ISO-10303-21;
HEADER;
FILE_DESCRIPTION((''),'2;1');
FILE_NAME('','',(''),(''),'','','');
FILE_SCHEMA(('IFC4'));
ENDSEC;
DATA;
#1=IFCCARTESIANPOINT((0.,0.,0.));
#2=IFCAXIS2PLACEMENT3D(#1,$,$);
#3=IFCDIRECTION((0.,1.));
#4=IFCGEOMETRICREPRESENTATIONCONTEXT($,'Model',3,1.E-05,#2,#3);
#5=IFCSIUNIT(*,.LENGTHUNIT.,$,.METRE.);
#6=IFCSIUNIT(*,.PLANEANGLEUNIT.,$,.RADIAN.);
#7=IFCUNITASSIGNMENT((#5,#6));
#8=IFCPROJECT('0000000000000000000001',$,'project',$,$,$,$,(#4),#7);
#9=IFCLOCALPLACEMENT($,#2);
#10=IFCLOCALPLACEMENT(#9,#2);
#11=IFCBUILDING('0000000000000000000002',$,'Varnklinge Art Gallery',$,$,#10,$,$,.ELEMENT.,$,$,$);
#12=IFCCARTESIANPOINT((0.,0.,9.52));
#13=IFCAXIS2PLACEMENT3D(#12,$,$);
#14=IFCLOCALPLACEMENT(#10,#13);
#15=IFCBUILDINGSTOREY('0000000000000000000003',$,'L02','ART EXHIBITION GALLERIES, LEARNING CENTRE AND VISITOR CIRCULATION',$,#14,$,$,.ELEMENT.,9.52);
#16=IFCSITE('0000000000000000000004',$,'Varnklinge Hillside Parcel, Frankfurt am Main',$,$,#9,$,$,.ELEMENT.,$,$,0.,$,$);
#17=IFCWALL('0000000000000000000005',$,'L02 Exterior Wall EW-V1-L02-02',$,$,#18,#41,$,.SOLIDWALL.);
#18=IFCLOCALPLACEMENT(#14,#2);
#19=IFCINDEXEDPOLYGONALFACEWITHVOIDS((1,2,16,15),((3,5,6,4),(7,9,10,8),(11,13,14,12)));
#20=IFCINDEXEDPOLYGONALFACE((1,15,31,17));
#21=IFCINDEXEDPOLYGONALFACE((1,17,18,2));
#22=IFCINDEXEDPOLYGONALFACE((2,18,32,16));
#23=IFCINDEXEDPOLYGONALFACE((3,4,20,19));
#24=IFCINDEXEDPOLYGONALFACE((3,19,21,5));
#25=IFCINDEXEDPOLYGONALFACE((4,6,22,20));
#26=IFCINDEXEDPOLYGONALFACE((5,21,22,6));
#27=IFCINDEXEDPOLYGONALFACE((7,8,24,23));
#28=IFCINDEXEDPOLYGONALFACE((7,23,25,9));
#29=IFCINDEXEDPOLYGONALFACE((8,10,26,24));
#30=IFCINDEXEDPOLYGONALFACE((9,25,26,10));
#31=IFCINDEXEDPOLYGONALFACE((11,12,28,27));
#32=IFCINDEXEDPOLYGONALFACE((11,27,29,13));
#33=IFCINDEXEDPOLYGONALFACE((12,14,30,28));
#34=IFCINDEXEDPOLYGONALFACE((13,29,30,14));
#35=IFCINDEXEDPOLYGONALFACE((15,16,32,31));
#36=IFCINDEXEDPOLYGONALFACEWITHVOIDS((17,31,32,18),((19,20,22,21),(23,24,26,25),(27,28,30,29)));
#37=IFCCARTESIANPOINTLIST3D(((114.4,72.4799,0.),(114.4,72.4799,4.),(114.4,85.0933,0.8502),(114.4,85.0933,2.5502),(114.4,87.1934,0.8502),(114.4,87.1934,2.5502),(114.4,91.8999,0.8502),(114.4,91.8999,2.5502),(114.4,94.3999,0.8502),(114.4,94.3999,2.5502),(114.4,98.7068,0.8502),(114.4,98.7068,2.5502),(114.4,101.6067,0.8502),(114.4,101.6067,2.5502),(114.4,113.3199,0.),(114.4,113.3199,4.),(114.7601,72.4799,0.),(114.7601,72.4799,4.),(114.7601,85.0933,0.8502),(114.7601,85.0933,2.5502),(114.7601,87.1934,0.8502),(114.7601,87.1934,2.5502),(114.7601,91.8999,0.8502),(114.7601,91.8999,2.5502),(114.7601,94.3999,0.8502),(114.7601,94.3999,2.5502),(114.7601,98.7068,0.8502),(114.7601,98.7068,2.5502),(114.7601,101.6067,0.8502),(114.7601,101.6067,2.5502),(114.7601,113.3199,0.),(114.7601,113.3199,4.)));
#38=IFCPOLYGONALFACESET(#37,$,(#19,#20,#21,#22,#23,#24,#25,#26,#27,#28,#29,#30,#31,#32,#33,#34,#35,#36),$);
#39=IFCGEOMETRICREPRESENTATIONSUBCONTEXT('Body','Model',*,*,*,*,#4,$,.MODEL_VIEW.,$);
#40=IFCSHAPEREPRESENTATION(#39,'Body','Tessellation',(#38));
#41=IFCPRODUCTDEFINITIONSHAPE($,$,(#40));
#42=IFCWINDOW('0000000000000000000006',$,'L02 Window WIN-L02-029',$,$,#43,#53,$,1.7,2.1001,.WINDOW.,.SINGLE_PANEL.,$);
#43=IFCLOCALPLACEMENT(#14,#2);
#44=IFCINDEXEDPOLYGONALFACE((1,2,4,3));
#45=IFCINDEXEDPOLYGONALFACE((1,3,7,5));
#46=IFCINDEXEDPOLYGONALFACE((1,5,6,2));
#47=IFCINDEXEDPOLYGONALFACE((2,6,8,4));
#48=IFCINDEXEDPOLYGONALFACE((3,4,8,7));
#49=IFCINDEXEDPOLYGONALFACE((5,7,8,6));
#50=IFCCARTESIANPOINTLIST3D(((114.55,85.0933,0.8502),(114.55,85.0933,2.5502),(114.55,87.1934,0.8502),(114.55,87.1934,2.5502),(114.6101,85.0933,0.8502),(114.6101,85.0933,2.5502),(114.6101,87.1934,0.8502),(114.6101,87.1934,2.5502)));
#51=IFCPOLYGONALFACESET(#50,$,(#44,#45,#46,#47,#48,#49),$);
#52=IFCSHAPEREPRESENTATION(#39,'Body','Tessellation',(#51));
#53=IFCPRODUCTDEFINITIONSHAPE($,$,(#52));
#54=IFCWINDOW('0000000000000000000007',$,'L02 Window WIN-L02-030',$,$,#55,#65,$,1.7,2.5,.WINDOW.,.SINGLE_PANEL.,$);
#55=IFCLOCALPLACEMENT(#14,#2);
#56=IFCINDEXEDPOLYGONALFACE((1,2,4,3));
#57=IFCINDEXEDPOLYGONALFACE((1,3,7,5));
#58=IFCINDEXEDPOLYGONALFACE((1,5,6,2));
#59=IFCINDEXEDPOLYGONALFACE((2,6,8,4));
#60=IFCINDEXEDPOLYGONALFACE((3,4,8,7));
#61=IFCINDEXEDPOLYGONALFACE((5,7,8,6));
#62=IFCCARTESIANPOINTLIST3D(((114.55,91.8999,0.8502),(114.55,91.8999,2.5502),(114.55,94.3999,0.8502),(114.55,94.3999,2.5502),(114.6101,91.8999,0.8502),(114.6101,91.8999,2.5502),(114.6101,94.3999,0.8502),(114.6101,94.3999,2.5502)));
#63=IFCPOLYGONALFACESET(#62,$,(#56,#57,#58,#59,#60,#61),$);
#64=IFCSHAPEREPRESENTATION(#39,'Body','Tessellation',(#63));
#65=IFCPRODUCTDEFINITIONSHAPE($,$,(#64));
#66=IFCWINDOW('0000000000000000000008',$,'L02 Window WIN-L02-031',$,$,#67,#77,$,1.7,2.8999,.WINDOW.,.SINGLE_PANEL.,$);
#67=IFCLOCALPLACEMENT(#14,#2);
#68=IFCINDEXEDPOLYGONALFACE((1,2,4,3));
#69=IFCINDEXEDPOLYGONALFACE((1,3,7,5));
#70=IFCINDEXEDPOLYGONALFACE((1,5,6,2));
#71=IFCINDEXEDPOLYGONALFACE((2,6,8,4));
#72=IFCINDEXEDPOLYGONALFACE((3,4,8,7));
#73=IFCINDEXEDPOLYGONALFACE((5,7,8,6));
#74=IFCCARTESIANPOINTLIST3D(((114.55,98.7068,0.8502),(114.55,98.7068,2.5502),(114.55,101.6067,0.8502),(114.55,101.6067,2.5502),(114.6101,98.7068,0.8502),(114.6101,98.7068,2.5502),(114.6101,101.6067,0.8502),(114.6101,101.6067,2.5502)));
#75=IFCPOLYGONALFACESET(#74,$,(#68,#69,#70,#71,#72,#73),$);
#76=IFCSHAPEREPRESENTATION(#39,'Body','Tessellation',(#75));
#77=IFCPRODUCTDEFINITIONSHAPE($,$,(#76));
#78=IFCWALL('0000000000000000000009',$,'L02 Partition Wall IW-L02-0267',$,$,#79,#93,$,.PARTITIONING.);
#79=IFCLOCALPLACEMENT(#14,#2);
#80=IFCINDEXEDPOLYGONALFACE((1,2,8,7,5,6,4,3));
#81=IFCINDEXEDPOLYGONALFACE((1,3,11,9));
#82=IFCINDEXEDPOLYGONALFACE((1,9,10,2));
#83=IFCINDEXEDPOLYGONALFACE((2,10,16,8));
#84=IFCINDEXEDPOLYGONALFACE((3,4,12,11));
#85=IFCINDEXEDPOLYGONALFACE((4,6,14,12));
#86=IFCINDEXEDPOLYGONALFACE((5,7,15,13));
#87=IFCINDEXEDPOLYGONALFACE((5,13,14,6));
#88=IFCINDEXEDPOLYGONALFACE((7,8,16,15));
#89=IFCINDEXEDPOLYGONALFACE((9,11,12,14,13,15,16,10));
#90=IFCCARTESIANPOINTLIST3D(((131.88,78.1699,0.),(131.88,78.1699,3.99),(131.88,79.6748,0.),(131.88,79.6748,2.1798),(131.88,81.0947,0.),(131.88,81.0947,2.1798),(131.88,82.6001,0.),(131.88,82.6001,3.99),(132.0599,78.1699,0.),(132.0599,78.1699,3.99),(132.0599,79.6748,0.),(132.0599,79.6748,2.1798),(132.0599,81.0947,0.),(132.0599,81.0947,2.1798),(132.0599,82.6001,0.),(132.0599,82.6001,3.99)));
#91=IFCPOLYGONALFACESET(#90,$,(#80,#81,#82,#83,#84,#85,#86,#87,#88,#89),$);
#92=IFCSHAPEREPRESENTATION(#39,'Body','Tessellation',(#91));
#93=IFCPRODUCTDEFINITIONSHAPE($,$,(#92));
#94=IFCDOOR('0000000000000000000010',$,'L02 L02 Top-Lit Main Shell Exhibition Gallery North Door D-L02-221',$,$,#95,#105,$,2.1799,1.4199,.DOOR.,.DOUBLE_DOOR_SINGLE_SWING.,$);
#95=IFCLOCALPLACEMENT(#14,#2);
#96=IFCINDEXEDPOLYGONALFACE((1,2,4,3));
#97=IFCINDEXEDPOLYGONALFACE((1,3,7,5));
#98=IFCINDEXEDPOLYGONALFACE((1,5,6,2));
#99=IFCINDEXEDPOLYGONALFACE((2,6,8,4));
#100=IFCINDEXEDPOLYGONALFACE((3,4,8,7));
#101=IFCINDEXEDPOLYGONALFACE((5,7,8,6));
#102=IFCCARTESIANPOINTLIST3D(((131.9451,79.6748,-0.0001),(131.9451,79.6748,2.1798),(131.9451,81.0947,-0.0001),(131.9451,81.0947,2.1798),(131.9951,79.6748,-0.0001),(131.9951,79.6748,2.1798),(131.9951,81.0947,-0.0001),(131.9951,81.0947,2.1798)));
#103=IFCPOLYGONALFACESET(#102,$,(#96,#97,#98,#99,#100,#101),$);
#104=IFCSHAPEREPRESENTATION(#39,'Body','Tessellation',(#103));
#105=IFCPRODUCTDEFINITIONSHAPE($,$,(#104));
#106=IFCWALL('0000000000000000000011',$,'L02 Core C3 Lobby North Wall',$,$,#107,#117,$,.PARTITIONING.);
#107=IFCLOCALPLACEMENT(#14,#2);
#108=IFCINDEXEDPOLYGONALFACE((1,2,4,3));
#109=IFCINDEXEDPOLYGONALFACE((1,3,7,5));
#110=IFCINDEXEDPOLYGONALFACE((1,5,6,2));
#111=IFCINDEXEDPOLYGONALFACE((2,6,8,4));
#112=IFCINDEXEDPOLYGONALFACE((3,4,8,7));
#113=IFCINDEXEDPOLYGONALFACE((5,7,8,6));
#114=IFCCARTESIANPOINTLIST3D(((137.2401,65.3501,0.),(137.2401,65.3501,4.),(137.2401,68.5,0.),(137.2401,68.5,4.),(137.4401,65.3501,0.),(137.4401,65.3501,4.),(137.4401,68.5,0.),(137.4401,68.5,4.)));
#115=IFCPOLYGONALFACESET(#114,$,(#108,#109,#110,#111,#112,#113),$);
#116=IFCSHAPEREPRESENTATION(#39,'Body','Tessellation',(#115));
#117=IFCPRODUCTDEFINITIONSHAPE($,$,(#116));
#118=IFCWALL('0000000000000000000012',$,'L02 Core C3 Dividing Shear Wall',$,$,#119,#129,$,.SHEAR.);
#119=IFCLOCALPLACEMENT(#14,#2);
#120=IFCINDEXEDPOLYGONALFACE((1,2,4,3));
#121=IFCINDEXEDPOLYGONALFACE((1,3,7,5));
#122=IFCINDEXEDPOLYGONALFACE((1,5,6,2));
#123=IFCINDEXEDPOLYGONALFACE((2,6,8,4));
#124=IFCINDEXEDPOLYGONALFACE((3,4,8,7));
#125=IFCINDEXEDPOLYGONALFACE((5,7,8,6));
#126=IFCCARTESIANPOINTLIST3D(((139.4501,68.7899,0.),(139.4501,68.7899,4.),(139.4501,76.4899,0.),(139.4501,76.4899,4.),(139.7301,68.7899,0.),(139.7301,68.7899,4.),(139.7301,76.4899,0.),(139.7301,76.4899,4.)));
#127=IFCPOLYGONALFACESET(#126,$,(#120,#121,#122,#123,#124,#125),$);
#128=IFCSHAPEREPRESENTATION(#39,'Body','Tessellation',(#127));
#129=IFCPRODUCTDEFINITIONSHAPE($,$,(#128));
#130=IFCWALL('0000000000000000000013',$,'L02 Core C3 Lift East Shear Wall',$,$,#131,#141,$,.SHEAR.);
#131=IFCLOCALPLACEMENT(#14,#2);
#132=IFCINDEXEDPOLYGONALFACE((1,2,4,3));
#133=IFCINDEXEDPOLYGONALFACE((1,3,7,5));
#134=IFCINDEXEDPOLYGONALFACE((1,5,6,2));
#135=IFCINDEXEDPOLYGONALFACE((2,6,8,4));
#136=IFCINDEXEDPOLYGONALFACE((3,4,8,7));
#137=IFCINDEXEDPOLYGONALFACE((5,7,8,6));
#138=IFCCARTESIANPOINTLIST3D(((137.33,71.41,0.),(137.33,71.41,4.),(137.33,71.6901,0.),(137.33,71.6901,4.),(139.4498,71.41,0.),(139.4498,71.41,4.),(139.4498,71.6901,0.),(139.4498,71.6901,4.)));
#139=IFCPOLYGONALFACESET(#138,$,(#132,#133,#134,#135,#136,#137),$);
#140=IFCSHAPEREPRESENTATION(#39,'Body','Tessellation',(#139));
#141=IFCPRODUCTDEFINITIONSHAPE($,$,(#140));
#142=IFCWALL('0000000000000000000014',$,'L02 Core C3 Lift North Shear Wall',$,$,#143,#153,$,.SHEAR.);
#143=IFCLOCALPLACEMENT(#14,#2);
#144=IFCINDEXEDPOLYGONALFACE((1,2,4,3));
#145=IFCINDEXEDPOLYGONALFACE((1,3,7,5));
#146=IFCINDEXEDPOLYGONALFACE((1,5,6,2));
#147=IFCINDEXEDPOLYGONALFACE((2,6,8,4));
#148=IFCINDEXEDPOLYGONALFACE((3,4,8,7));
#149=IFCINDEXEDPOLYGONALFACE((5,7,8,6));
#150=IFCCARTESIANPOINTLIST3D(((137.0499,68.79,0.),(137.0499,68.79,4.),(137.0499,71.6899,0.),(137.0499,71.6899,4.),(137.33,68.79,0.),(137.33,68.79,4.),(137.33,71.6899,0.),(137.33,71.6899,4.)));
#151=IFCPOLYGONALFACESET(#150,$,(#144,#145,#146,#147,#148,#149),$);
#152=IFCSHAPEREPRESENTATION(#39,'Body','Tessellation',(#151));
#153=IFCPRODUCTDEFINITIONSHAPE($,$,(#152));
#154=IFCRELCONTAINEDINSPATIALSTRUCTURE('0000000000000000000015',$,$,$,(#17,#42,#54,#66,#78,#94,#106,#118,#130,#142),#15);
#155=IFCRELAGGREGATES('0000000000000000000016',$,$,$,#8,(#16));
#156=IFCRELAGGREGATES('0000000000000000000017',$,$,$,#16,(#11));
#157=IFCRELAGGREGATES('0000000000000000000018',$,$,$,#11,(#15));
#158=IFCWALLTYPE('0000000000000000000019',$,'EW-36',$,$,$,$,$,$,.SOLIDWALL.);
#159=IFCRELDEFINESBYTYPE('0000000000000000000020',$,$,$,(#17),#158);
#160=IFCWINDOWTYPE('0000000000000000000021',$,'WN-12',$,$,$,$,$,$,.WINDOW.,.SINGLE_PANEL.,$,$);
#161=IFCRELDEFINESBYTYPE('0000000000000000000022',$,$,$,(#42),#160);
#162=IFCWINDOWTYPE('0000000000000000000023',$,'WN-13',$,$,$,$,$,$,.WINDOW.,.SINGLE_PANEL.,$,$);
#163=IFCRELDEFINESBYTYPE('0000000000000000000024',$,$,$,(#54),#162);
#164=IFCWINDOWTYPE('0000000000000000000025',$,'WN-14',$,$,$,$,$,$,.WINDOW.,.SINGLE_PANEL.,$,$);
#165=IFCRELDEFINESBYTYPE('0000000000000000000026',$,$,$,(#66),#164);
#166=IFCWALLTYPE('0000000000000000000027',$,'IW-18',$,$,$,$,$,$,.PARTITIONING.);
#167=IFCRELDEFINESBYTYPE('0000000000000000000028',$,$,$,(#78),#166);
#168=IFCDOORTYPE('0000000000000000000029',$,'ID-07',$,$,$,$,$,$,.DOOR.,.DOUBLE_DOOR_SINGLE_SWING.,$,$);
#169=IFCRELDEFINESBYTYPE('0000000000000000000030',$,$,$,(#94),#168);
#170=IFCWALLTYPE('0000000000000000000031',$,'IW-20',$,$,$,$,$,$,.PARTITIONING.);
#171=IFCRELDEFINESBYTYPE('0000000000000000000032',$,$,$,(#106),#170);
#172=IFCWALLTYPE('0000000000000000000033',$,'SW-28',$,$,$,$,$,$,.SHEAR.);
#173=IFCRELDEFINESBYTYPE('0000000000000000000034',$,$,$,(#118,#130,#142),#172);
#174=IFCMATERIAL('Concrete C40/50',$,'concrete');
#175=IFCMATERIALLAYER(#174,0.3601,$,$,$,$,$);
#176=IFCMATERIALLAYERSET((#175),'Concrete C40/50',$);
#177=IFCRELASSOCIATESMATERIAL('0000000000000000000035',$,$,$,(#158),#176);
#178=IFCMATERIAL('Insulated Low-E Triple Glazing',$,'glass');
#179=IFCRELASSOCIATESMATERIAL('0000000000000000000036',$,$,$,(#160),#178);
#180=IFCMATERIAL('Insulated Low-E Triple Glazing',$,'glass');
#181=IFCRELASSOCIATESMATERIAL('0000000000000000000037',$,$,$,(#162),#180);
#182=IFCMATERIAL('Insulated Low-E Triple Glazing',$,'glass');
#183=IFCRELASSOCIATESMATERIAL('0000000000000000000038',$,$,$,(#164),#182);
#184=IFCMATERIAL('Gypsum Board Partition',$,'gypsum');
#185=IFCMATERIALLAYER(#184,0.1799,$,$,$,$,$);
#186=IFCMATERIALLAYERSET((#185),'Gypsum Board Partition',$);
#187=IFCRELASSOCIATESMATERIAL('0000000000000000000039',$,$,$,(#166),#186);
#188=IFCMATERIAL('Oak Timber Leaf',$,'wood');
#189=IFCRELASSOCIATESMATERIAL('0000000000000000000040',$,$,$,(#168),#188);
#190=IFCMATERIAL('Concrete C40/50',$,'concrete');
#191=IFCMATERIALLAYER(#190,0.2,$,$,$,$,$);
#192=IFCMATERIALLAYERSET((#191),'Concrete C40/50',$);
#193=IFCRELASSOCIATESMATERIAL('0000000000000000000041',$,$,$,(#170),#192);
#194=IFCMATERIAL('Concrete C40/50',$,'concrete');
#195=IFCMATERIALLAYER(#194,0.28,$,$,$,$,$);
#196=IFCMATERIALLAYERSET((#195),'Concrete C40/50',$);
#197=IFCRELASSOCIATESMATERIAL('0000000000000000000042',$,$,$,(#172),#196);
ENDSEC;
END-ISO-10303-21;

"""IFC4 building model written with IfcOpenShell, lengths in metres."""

from ifc_helpers import new_model, si_unit, direction, frame, frame_2d, origin, place, context, subcontext, project, spatial, rectangle, extrude, material, layer, layer_set, type_object, element, fill, save


model = new_model("IFC4")

# Units and contexts
model_context = context("Model", 3, precision=1e-05, world=origin(), true_north=direction((0.0, 1.0)))
body_context = subcontext(model_context, "Body", "Model", "MODEL_VIEW")
ifc_project = project(units=[si_unit("LENGTHUNIT", "METRE"), si_unit("PLANEANGLEUNIT", "RADIAN")], contexts=[model_context])

# Site, building, storey
site_placement = place(None, origin())
site = spatial("IfcSite", under=ifc_project, at=site_placement, Name="Varnklinge Hillside Parcel, Frankfurt am Main", CompositionType="ELEMENT", RefElevation=0.0)
building_placement = place(site_placement, origin())
building = spatial("IfcBuilding", under=site, at=building_placement, Name="Varnklinge Art Gallery", CompositionType="ELEMENT")
storey_placement = place(building_placement, frame((0.0, 0.0, 9.52)))
storey = spatial("IfcBuildingStorey", under=building, at=storey_placement, Name="L02", Description="ART EXHIBITION GALLERIES, LEARNING CENTRE AND VISITOR CIRCULATION", CompositionType="ELEMENT", Elevation=9.52)

# Wall, openings, windows
ifc_material_1 = material(Name="Concrete C40/50", Category="concrete")
ifc_layer_1 = layer(ifc_material_1, 0.3601)
ifc_layer_set_1 = layer_set([ifc_layer_1], Name="Concrete C40/50")
wall_type_1 = type_object("IfcWallType", Name="EW-36", PredefinedType="SOLIDWALL", material=ifc_layer_set_1)
wall_1_placement = place(storey_placement, frame((114.5801, 72.48, 0.0), z_axis=(0.0, 0.0, 1.0), x_axis=(0.0, 1.0, 0.0)))
wall_1 = element("IfcWall", 1, at=wall_1_placement, inside=storey, type_object=wall_type_1, Name="L02 Exterior Wall EW-V1-L02-02", PredefinedType="SOLIDWALL", context=body_context, shape_type="SweptSolid", body=[
    extrude(rectangle(XDim=40.8401, YDim=0.3601, at=frame_2d((20.4199, 0.0))), origin(), (0.0, 0.0, 1.0), 4.0),
])
opening_1_placement = place(wall_1_placement, frame((12.6133, 0.0, 0.8501)))
opening_1 = element("IfcOpeningElement", 2, at=opening_1_placement, cuts=wall_1, PredefinedType="OPENING", context=body_context, shape_type="SweptSolid", body=[
    extrude(rectangle(XDim=2.1001, YDim=1.7, at=frame_2d((1.05, 0.8501))), frame((0.0, 0.1902, 0.0), z_axis=(0.0, -1.0, 0.0), x_axis=(1.0, 0.0, 0.0)), (0.0, 0.0, 1.0), 0.3801),
])
opening_2_placement = place(wall_1_placement, frame((19.4199, 0.0, 0.8501)))
opening_2 = element("IfcOpeningElement", 3, at=opening_2_placement, cuts=wall_1, PredefinedType="OPENING", context=body_context, shape_type="SweptSolid", body=[
    extrude(rectangle(XDim=2.5, YDim=1.7, at=frame_2d((1.25, 0.8501))), frame((0.0, 0.1902, 0.0), z_axis=(0.0, -1.0, 0.0), x_axis=(1.0, 0.0, 0.0)), (0.0, 0.0, 1.0), 0.3801),
])
opening_3_placement = place(wall_1_placement, frame((26.2268, 0.0, 0.8501)))
opening_3 = element("IfcOpeningElement", 4, at=opening_3_placement, cuts=wall_1, PredefinedType="OPENING", context=body_context, shape_type="SweptSolid", body=[
    extrude(rectangle(XDim=2.8999, YDim=1.7, at=frame_2d((1.45, 0.8501))), frame((0.0, 0.1902, 0.0), z_axis=(0.0, -1.0, 0.0), x_axis=(1.0, 0.0, 0.0)), (0.0, 0.0, 1.0), 0.3801),
])
ifc_material_2 = material(Name="Insulated Low-E Triple Glazing", Category="glass")
window_type_1 = type_object("IfcWindowType", Name="WN-12", PartitioningType="SINGLE_PANEL", PredefinedType="WINDOW", material=ifc_material_2)
window_1_placement = place(opening_1_placement, origin())
window_1 = element("IfcWindow", 5, at=window_1_placement, inside=storey, type_object=window_type_1, Name="L02 Window WIN-L02-029", OverallHeight=1.7, OverallWidth=2.1001, PartitioningType="SINGLE_PANEL", PredefinedType="WINDOW", context=body_context, shape_type="SweptSolid", body=[
    extrude(rectangle(XDim=2.1001, YDim=1.7, at=frame_2d((1.05, 0.8501))), frame((0.0, 0.03, 0.0), z_axis=(0.0, -1.0, 0.0), x_axis=(1.0, 0.0, 0.0)), (0.0, 0.0, 1.0), 0.0601),
])
fill(opening_1, window_1)
ifc_material_3 = material(Name="Insulated Low-E Triple Glazing", Category="glass")
window_type_2 = type_object("IfcWindowType", Name="WN-13", PartitioningType="SINGLE_PANEL", PredefinedType="WINDOW", material=ifc_material_3)
window_2_placement = place(opening_2_placement, origin())
window_2 = element("IfcWindow", 6, at=window_2_placement, inside=storey, type_object=window_type_2, Name="L02 Window WIN-L02-030", OverallHeight=1.7, OverallWidth=2.5, PartitioningType="SINGLE_PANEL", PredefinedType="WINDOW", context=body_context, shape_type="SweptSolid", body=[
    extrude(rectangle(XDim=2.5, YDim=1.7, at=frame_2d((1.25, 0.8501))), frame((0.0, 0.03, 0.0), z_axis=(0.0, -1.0, 0.0), x_axis=(1.0, 0.0, 0.0)), (0.0, 0.0, 1.0), 0.0601),
])
fill(opening_2, window_2)
ifc_material_4 = material(Name="Insulated Low-E Triple Glazing", Category="glass")
window_type_3 = type_object("IfcWindowType", Name="WN-14", PartitioningType="SINGLE_PANEL", PredefinedType="WINDOW", material=ifc_material_4)
window_3_placement = place(opening_3_placement, origin())
window_3 = element("IfcWindow", 7, at=window_3_placement, inside=storey, type_object=window_type_3, Name="L02 Window WIN-L02-031", OverallHeight=1.7, OverallWidth=2.8999, PartitioningType="SINGLE_PANEL", PredefinedType="WINDOW", context=body_context, shape_type="SweptSolid", body=[
    extrude(rectangle(XDim=2.8999, YDim=1.7, at=frame_2d((1.45, 0.8501))), frame((0.0, 0.03, 0.0), z_axis=(0.0, -1.0, 0.0), x_axis=(1.0, 0.0, 0.0)), (0.0, 0.0, 1.0), 0.0601),
])
fill(opening_3, window_3)

# Wall, opening, door
ifc_material_5 = material(Name="Gypsum Board Partition", Category="gypsum")
ifc_layer_2 = layer(ifc_material_5, 0.1799)
ifc_layer_set_2 = layer_set([ifc_layer_2], Name="Gypsum Board Partition")
wall_type_2 = type_object("IfcWallType", Name="IW-18", PredefinedType="PARTITIONING", material=ifc_layer_set_2)
wall_2_placement = place(storey_placement, frame((131.97, 78.1699, 0.0), z_axis=(0.0, 0.0, 1.0), x_axis=(0.0, 1.0, 0.0)))
wall_2 = element("IfcWall", 8, at=wall_2_placement, inside=storey, type_object=wall_type_2, Name="L02 Partition Wall IW-L02-0267", PredefinedType="PARTITIONING", context=body_context, shape_type="SweptSolid", body=[
    extrude(rectangle(XDim=4.4302, YDim=0.1799, at=frame_2d((2.2151, 0.0))), origin(), (0.0, 0.0, 1.0), 3.99),
])
opening_4_placement = place(wall_2_placement, frame((1.5049, 0.0, 0.0)))
opening_4 = element("IfcOpeningElement", 9, at=opening_4_placement, cuts=wall_2, PredefinedType="OPENING", context=body_context, shape_type="SweptSolid", body=[
    extrude(rectangle(XDim=1.4199, YDim=2.1799, at=frame_2d((0.71, 1.0898))), frame((0.0, 0.0999, 0.0), z_axis=(0.0, -1.0, 0.0), x_axis=(1.0, 0.0, 0.0)), (0.0, 0.0, 1.0), 0.2),
])
ifc_material_6 = material(Name="Oak Timber Leaf", Category="wood")
door_type_1 = type_object("IfcDoorType", Name="ID-07", OperationType="DOUBLE_DOOR_SINGLE_SWING", PredefinedType="DOOR", material=ifc_material_6)
door_1_placement = place(opening_4_placement, origin())
door_1 = element("IfcDoor", 10, at=door_1_placement, inside=storey, type_object=door_type_1, Name="L02 L02 Top-Lit Main Shell Exhibition Gallery North Door D-L02-221", OperationType="DOUBLE_DOOR_SINGLE_SWING", OverallHeight=2.1799, OverallWidth=1.4199, PredefinedType="DOOR", context=body_context, shape_type="SweptSolid", body=[
    extrude(rectangle(XDim=1.4199, YDim=2.1799, at=frame_2d((0.71, 1.0898))), frame((0.0, 0.0249, 0.0), z_axis=(0.0, -1.0, 0.0), x_axis=(1.0, 0.0, 0.0)), (0.0, 0.0, 1.0), 0.05),
])
fill(opening_4, door_1)

# Walls
ifc_material_7 = material(Name="Concrete C40/50", Category="concrete")
ifc_layer_3 = layer(ifc_material_7, 0.2)
ifc_layer_set_3 = layer_set([ifc_layer_3], Name="Concrete C40/50")
wall_type_3 = type_object("IfcWallType", Name="IW-20", PredefinedType="PARTITIONING", material=ifc_layer_set_3)
wall_3_placement = place(storey_placement, frame((137.3401, 68.5, 0.0), z_axis=(0.0, 0.0, 1.0), x_axis=(0.0, -1.0, 0.0)))
element("IfcWall", 11, at=wall_3_placement, inside=storey, type_object=wall_type_3, Name="L02 Core C3 Lobby North Wall", PredefinedType="PARTITIONING", context=body_context, shape_type="SweptSolid", body=[
    extrude(rectangle(XDim=3.1499, YDim=0.2, at=frame_2d((1.575, 0.0))), origin(), (0.0, 0.0, 1.0), 4.0),
])
ifc_material_8 = material(Name="Concrete C40/50", Category="concrete")
ifc_layer_4 = layer(ifc_material_8, 0.28)
ifc_layer_set_4 = layer_set([ifc_layer_4], Name="Concrete C40/50")
wall_type_4 = type_object("IfcWallType", Name="SW-28", PredefinedType="SHEAR", material=ifc_layer_set_4)
wall_4_placement = place(storey_placement, frame((139.5901, 76.49, 0.0), z_axis=(0.0, 0.0, 1.0), x_axis=(0.0, -1.0, 0.0)))
element("IfcWall", 12, at=wall_4_placement, inside=storey, type_object=wall_type_4, Name="L02 Core C3 Dividing Shear Wall", PredefinedType="SHEAR", context=body_context, shape_type="SweptSolid", body=[
    extrude(rectangle(XDim=7.7, YDim=0.28, at=frame_2d((3.8501, 0.0))), origin(), (0.0, 0.0, 1.0), 4.0),
])
wall_5_placement = place(storey_placement, frame((139.45, 71.55, 0.0), z_axis=(0.0, 0.0, 1.0), x_axis=(-1.0, 0.0, 0.0)))
element("IfcWall", 13, at=wall_5_placement, inside=storey, type_object=wall_type_4, Name="L02 Core C3 Lift East Shear Wall", PredefinedType="SHEAR", context=body_context, shape_type="SweptSolid", body=[
    extrude(rectangle(XDim=2.1199, YDim=0.28, at=frame_2d((1.0601, 0.0))), origin(), (0.0, 0.0, 1.0), 4.0),
])
wall_6_placement = place(storey_placement, frame((137.1899, 71.6899, 0.0), z_axis=(0.0, 0.0, 1.0), x_axis=(0.0, -1.0, 0.0)))
element("IfcWall", 14, at=wall_6_placement, inside=storey, type_object=wall_type_4, Name="L02 Core C3 Lift North Shear Wall", PredefinedType="SHEAR", context=body_context, shape_type="SweptSolid", body=[
    extrude(rectangle(XDim=2.8999, YDim=0.28, at=frame_2d((1.45, 0.0))), origin(), (0.0, 0.0, 1.0), 4.0),
])

save(model, "model.ifc")
